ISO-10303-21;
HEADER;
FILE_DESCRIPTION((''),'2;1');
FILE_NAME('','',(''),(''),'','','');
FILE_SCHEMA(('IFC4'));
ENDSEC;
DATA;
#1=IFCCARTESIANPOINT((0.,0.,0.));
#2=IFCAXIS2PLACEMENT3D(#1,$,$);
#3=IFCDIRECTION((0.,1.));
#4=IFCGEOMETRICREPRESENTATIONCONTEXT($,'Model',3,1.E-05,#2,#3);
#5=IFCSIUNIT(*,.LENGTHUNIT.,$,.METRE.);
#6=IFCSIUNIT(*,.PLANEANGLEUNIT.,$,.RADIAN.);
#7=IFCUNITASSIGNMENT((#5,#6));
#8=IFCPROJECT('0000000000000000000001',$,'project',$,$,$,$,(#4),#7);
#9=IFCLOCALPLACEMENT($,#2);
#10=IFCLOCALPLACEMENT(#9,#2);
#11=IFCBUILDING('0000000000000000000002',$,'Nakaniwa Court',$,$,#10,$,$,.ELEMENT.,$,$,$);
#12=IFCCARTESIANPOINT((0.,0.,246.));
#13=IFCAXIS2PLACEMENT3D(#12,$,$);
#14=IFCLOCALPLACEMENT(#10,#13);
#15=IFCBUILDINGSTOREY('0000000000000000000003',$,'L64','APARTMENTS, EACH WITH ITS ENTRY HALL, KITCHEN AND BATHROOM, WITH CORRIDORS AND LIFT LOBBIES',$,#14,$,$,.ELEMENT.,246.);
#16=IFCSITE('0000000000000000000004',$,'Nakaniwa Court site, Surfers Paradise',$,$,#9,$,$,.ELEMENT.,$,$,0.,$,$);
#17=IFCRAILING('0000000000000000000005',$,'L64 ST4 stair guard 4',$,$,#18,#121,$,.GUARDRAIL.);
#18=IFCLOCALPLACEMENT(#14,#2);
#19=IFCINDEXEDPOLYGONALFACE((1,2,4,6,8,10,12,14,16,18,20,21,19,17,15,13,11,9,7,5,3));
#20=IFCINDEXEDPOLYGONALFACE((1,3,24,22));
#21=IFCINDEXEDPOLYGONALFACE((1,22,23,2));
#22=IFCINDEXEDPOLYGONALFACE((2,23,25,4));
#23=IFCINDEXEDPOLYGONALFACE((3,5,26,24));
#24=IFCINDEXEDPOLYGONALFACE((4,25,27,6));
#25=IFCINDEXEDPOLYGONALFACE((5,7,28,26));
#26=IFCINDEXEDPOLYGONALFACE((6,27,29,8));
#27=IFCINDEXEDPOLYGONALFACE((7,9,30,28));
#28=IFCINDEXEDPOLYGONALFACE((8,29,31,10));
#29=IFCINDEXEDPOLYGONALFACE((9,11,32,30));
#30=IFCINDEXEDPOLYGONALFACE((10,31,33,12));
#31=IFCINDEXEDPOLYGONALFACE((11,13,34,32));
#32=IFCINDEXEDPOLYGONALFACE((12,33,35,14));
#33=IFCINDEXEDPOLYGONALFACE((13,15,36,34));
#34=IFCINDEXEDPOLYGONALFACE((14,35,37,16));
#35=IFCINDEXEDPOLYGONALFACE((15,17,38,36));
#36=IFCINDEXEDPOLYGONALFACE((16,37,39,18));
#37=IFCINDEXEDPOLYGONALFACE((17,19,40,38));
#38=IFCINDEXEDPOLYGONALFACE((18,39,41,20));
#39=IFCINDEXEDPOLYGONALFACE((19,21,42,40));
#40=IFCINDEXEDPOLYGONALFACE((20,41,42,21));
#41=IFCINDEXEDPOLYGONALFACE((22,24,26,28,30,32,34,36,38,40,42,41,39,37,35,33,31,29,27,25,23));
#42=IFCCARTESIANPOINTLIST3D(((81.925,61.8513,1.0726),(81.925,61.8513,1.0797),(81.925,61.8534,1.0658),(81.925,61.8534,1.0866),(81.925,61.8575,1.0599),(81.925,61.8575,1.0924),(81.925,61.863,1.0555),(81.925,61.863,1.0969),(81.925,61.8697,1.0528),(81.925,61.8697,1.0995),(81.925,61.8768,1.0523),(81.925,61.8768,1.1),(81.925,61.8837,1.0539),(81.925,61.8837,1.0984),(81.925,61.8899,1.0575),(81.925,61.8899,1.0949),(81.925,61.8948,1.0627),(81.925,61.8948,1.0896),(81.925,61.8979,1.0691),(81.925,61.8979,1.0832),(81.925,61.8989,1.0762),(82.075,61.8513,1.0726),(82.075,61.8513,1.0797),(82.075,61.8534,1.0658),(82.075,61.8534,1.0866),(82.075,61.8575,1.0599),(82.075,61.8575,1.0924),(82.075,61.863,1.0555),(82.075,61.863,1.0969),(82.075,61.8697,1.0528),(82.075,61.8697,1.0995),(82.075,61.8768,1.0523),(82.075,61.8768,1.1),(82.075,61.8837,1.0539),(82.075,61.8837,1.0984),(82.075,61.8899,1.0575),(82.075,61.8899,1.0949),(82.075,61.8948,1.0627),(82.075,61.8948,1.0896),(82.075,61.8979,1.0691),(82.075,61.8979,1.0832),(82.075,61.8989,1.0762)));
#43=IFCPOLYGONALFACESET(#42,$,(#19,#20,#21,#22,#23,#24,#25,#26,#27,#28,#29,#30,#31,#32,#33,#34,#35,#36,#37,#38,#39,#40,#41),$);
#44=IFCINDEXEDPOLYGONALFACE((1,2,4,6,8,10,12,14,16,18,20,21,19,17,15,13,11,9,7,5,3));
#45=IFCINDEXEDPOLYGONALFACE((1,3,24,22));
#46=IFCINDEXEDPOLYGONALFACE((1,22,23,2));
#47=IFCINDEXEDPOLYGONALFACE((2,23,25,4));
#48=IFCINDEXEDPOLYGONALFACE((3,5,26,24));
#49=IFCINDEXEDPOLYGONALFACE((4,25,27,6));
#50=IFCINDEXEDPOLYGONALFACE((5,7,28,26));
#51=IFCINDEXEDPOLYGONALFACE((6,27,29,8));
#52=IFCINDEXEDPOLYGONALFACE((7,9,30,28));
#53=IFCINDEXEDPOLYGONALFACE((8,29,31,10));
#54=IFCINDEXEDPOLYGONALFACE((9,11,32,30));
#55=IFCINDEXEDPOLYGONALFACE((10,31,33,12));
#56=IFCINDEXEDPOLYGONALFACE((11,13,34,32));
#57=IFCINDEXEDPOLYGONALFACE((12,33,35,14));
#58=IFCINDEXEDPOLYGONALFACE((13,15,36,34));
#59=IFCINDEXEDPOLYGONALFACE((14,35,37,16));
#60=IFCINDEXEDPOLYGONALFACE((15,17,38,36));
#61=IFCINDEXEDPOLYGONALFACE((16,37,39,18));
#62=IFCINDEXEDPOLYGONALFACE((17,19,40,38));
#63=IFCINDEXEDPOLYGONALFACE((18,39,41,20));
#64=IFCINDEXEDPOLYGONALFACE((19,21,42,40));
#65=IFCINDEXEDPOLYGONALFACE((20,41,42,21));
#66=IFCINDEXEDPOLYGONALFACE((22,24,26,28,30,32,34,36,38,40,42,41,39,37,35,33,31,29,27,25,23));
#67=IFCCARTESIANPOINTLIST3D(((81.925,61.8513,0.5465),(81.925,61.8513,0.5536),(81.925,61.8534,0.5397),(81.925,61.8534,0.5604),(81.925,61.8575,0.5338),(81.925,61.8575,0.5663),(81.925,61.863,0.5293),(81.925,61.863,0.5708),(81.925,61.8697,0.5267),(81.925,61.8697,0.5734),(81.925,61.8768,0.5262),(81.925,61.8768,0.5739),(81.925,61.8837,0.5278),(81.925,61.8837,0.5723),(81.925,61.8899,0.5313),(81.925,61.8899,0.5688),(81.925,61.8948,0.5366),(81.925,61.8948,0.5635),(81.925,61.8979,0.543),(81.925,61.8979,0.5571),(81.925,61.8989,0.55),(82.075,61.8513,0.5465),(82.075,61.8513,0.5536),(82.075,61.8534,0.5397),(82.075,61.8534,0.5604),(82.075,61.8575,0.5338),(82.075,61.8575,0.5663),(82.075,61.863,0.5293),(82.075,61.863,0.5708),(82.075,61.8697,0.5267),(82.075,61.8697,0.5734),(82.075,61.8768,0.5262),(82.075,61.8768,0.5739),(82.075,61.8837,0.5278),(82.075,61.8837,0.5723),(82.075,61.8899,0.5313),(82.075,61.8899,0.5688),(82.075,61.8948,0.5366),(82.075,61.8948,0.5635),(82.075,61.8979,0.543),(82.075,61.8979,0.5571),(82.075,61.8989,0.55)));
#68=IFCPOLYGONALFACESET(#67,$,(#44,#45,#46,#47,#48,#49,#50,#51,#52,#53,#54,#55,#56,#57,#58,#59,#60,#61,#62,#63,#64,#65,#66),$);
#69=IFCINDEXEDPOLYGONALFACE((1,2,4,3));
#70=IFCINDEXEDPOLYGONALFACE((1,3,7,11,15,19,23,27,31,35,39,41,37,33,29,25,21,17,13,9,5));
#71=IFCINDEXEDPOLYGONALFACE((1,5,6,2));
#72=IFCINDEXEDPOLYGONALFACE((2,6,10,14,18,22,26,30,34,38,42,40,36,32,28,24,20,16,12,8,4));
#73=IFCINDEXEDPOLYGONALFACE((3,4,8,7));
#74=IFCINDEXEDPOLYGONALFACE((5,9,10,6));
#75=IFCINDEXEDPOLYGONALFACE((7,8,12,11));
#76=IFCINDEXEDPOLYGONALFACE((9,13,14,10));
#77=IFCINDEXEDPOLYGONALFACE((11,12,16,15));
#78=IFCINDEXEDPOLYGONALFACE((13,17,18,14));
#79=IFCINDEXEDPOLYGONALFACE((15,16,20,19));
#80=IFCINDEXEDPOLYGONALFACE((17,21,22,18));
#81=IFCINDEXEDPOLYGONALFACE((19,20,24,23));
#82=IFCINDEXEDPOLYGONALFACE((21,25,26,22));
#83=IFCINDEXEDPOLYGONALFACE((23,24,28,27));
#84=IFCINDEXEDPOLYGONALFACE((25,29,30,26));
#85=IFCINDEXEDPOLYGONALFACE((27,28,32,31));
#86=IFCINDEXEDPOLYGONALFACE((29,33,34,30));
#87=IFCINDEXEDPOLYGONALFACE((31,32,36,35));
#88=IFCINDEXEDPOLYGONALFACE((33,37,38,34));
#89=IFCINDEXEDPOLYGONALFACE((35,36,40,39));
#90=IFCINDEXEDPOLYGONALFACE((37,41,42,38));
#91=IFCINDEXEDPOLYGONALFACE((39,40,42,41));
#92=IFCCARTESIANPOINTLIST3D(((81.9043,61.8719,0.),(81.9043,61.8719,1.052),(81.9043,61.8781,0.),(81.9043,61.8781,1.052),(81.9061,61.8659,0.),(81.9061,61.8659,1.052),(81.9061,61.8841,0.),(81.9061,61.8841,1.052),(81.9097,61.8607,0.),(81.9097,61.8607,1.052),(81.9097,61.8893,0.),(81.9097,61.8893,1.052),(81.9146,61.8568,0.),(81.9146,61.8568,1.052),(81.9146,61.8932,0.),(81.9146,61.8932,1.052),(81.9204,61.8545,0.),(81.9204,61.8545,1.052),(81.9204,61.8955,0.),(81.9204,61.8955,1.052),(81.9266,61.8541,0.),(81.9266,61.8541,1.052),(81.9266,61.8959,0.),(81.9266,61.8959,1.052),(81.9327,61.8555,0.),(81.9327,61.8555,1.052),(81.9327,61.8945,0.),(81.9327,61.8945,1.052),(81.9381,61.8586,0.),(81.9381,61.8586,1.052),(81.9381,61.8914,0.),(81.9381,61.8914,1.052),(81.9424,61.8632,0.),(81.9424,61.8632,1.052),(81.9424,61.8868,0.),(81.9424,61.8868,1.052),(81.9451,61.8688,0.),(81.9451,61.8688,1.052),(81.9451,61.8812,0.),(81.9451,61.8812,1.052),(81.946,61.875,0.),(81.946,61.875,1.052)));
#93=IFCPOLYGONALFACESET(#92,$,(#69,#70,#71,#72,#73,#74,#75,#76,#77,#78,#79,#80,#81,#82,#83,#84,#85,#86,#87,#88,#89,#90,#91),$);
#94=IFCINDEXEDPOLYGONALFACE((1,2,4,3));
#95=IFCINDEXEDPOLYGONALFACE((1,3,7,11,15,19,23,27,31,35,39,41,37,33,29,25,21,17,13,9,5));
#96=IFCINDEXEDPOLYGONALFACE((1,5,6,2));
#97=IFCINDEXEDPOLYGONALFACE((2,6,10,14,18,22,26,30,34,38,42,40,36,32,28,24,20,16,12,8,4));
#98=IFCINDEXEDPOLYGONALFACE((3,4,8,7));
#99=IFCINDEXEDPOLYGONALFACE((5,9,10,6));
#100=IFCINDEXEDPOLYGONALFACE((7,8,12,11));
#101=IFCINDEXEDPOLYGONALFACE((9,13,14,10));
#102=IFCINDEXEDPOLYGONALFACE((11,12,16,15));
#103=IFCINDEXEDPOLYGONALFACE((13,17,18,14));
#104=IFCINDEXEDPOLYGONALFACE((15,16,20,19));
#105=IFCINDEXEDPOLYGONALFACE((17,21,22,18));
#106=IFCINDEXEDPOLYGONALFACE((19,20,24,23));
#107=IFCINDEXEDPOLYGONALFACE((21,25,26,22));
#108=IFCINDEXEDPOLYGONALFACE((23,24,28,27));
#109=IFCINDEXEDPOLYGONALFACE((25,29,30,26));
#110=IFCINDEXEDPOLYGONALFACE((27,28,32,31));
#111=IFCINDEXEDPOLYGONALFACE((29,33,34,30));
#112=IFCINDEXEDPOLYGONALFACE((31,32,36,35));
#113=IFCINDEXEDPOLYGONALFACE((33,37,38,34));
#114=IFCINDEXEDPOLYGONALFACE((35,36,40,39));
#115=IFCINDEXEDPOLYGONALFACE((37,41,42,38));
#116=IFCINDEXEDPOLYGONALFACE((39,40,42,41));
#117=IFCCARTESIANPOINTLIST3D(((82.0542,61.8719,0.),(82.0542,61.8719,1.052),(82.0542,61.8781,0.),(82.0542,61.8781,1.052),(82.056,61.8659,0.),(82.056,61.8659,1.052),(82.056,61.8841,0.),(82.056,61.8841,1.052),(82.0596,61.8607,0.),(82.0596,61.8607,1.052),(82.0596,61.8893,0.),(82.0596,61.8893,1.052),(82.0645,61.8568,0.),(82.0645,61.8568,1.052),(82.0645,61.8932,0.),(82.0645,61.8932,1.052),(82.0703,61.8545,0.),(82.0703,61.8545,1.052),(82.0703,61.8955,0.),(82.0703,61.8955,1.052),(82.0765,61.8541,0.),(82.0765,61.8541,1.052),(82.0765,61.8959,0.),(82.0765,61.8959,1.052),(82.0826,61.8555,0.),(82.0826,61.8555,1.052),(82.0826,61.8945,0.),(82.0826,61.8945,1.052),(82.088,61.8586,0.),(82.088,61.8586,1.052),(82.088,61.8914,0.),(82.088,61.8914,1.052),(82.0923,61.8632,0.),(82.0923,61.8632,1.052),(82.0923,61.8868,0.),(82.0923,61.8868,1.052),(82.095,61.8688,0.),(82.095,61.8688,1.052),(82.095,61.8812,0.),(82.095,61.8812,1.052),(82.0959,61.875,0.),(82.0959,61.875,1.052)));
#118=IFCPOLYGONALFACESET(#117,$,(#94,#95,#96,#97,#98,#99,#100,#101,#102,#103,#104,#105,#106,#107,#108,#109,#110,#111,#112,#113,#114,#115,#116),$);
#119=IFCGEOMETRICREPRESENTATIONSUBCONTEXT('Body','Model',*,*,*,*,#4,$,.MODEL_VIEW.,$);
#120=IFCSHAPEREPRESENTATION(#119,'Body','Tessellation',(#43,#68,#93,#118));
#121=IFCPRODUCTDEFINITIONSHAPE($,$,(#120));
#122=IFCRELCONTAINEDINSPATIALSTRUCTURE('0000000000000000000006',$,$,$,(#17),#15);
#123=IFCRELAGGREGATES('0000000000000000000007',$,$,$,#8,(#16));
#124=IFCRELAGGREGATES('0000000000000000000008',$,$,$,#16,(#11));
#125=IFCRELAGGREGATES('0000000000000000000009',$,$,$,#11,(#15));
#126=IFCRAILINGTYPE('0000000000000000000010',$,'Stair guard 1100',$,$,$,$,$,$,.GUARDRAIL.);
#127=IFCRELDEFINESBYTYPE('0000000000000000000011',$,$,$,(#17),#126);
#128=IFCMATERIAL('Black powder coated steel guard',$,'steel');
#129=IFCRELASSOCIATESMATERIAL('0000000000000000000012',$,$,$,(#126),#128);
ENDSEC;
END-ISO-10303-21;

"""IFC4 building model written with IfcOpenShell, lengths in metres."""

from ifc_helpers import new_model, si_unit, direction, frame, origin, origin_2d, place, context, subcontext, project, spatial, circle, extrude, material, type_object, element, save


model = new_model("IFC4")

# Units and contexts
model_context = context("Model", 3, precision=1e-05, world=origin(), true_north=direction((0.0, 1.0)))
body_context = subcontext(model_context, "Body", "Model", "MODEL_VIEW")
ifc_project = project(units=[si_unit("LENGTHUNIT", "METRE"), si_unit("PLANEANGLEUNIT", "RADIAN")], contexts=[model_context])

# Site, building, storey
site_placement = place(None, origin())
site = spatial("IfcSite", under=ifc_project, at=site_placement, Name="Nakaniwa Court site, Surfers Paradise", CompositionType="ELEMENT", RefElevation=0.0)
building_placement = place(site_placement, origin())
building = spatial("IfcBuilding", under=site, at=building_placement, Name="Nakaniwa Court", CompositionType="ELEMENT")
storey_placement = place(building_placement, frame((0.0, 0.0, 246.0)))
storey = spatial("IfcBuildingStorey", under=building, at=storey_placement, Name="L64", Description="APARTMENTS, EACH WITH ITS ENTRY HALL, KITCHEN AND BATHROOM, WITH CORRIDORS AND LIFT LOBBIES", CompositionType="ELEMENT", Elevation=246.0)

# Railing
ifc_material_1 = material(Name="Black powder coated steel guard", Category="steel")
railing_type_1 = type_object("IfcRailingType", Name="Stair guard 1100", PredefinedType="GUARDRAIL", material=ifc_material_1)
railing_1_placement = place(storey_placement, frame((81.925, 61.875, 0.0)))
element("IfcRailing", 1, at=railing_1_placement, inside=storey, type_object=railing_type_1, Name="L64 ST4 stair guard 4", PredefinedType="GUARDRAIL", context=body_context, shape_type="SweptSolid", body=[
    extrude(circle(Radius=0.0239, at=origin_2d()), frame((0.0, 0.0, 1.0762), z_axis=(1.0, 0.0, 0.0), x_axis=(0.0, 1.0, 0.0)), (0.0, 0.0, 1.0), 0.1499),
    extrude(circle(Radius=0.0239, at=origin_2d()), frame((0.0, 0.0, 0.55), z_axis=(1.0, 0.0, 0.0), x_axis=(0.0, 1.0, 0.0)), (0.0, 0.0, 1.0), 0.1499),
    extrude(circle(Radius=0.021, at=origin_2d()), origin(), (0.0, 0.0, 1.0), 1.052),
    extrude(circle(Radius=0.021, at=origin_2d()), frame((0.1499, 0.0, 0.0)), (0.0, 0.0, 1.0), 1.052),
])

save(model, "model.ifc")
